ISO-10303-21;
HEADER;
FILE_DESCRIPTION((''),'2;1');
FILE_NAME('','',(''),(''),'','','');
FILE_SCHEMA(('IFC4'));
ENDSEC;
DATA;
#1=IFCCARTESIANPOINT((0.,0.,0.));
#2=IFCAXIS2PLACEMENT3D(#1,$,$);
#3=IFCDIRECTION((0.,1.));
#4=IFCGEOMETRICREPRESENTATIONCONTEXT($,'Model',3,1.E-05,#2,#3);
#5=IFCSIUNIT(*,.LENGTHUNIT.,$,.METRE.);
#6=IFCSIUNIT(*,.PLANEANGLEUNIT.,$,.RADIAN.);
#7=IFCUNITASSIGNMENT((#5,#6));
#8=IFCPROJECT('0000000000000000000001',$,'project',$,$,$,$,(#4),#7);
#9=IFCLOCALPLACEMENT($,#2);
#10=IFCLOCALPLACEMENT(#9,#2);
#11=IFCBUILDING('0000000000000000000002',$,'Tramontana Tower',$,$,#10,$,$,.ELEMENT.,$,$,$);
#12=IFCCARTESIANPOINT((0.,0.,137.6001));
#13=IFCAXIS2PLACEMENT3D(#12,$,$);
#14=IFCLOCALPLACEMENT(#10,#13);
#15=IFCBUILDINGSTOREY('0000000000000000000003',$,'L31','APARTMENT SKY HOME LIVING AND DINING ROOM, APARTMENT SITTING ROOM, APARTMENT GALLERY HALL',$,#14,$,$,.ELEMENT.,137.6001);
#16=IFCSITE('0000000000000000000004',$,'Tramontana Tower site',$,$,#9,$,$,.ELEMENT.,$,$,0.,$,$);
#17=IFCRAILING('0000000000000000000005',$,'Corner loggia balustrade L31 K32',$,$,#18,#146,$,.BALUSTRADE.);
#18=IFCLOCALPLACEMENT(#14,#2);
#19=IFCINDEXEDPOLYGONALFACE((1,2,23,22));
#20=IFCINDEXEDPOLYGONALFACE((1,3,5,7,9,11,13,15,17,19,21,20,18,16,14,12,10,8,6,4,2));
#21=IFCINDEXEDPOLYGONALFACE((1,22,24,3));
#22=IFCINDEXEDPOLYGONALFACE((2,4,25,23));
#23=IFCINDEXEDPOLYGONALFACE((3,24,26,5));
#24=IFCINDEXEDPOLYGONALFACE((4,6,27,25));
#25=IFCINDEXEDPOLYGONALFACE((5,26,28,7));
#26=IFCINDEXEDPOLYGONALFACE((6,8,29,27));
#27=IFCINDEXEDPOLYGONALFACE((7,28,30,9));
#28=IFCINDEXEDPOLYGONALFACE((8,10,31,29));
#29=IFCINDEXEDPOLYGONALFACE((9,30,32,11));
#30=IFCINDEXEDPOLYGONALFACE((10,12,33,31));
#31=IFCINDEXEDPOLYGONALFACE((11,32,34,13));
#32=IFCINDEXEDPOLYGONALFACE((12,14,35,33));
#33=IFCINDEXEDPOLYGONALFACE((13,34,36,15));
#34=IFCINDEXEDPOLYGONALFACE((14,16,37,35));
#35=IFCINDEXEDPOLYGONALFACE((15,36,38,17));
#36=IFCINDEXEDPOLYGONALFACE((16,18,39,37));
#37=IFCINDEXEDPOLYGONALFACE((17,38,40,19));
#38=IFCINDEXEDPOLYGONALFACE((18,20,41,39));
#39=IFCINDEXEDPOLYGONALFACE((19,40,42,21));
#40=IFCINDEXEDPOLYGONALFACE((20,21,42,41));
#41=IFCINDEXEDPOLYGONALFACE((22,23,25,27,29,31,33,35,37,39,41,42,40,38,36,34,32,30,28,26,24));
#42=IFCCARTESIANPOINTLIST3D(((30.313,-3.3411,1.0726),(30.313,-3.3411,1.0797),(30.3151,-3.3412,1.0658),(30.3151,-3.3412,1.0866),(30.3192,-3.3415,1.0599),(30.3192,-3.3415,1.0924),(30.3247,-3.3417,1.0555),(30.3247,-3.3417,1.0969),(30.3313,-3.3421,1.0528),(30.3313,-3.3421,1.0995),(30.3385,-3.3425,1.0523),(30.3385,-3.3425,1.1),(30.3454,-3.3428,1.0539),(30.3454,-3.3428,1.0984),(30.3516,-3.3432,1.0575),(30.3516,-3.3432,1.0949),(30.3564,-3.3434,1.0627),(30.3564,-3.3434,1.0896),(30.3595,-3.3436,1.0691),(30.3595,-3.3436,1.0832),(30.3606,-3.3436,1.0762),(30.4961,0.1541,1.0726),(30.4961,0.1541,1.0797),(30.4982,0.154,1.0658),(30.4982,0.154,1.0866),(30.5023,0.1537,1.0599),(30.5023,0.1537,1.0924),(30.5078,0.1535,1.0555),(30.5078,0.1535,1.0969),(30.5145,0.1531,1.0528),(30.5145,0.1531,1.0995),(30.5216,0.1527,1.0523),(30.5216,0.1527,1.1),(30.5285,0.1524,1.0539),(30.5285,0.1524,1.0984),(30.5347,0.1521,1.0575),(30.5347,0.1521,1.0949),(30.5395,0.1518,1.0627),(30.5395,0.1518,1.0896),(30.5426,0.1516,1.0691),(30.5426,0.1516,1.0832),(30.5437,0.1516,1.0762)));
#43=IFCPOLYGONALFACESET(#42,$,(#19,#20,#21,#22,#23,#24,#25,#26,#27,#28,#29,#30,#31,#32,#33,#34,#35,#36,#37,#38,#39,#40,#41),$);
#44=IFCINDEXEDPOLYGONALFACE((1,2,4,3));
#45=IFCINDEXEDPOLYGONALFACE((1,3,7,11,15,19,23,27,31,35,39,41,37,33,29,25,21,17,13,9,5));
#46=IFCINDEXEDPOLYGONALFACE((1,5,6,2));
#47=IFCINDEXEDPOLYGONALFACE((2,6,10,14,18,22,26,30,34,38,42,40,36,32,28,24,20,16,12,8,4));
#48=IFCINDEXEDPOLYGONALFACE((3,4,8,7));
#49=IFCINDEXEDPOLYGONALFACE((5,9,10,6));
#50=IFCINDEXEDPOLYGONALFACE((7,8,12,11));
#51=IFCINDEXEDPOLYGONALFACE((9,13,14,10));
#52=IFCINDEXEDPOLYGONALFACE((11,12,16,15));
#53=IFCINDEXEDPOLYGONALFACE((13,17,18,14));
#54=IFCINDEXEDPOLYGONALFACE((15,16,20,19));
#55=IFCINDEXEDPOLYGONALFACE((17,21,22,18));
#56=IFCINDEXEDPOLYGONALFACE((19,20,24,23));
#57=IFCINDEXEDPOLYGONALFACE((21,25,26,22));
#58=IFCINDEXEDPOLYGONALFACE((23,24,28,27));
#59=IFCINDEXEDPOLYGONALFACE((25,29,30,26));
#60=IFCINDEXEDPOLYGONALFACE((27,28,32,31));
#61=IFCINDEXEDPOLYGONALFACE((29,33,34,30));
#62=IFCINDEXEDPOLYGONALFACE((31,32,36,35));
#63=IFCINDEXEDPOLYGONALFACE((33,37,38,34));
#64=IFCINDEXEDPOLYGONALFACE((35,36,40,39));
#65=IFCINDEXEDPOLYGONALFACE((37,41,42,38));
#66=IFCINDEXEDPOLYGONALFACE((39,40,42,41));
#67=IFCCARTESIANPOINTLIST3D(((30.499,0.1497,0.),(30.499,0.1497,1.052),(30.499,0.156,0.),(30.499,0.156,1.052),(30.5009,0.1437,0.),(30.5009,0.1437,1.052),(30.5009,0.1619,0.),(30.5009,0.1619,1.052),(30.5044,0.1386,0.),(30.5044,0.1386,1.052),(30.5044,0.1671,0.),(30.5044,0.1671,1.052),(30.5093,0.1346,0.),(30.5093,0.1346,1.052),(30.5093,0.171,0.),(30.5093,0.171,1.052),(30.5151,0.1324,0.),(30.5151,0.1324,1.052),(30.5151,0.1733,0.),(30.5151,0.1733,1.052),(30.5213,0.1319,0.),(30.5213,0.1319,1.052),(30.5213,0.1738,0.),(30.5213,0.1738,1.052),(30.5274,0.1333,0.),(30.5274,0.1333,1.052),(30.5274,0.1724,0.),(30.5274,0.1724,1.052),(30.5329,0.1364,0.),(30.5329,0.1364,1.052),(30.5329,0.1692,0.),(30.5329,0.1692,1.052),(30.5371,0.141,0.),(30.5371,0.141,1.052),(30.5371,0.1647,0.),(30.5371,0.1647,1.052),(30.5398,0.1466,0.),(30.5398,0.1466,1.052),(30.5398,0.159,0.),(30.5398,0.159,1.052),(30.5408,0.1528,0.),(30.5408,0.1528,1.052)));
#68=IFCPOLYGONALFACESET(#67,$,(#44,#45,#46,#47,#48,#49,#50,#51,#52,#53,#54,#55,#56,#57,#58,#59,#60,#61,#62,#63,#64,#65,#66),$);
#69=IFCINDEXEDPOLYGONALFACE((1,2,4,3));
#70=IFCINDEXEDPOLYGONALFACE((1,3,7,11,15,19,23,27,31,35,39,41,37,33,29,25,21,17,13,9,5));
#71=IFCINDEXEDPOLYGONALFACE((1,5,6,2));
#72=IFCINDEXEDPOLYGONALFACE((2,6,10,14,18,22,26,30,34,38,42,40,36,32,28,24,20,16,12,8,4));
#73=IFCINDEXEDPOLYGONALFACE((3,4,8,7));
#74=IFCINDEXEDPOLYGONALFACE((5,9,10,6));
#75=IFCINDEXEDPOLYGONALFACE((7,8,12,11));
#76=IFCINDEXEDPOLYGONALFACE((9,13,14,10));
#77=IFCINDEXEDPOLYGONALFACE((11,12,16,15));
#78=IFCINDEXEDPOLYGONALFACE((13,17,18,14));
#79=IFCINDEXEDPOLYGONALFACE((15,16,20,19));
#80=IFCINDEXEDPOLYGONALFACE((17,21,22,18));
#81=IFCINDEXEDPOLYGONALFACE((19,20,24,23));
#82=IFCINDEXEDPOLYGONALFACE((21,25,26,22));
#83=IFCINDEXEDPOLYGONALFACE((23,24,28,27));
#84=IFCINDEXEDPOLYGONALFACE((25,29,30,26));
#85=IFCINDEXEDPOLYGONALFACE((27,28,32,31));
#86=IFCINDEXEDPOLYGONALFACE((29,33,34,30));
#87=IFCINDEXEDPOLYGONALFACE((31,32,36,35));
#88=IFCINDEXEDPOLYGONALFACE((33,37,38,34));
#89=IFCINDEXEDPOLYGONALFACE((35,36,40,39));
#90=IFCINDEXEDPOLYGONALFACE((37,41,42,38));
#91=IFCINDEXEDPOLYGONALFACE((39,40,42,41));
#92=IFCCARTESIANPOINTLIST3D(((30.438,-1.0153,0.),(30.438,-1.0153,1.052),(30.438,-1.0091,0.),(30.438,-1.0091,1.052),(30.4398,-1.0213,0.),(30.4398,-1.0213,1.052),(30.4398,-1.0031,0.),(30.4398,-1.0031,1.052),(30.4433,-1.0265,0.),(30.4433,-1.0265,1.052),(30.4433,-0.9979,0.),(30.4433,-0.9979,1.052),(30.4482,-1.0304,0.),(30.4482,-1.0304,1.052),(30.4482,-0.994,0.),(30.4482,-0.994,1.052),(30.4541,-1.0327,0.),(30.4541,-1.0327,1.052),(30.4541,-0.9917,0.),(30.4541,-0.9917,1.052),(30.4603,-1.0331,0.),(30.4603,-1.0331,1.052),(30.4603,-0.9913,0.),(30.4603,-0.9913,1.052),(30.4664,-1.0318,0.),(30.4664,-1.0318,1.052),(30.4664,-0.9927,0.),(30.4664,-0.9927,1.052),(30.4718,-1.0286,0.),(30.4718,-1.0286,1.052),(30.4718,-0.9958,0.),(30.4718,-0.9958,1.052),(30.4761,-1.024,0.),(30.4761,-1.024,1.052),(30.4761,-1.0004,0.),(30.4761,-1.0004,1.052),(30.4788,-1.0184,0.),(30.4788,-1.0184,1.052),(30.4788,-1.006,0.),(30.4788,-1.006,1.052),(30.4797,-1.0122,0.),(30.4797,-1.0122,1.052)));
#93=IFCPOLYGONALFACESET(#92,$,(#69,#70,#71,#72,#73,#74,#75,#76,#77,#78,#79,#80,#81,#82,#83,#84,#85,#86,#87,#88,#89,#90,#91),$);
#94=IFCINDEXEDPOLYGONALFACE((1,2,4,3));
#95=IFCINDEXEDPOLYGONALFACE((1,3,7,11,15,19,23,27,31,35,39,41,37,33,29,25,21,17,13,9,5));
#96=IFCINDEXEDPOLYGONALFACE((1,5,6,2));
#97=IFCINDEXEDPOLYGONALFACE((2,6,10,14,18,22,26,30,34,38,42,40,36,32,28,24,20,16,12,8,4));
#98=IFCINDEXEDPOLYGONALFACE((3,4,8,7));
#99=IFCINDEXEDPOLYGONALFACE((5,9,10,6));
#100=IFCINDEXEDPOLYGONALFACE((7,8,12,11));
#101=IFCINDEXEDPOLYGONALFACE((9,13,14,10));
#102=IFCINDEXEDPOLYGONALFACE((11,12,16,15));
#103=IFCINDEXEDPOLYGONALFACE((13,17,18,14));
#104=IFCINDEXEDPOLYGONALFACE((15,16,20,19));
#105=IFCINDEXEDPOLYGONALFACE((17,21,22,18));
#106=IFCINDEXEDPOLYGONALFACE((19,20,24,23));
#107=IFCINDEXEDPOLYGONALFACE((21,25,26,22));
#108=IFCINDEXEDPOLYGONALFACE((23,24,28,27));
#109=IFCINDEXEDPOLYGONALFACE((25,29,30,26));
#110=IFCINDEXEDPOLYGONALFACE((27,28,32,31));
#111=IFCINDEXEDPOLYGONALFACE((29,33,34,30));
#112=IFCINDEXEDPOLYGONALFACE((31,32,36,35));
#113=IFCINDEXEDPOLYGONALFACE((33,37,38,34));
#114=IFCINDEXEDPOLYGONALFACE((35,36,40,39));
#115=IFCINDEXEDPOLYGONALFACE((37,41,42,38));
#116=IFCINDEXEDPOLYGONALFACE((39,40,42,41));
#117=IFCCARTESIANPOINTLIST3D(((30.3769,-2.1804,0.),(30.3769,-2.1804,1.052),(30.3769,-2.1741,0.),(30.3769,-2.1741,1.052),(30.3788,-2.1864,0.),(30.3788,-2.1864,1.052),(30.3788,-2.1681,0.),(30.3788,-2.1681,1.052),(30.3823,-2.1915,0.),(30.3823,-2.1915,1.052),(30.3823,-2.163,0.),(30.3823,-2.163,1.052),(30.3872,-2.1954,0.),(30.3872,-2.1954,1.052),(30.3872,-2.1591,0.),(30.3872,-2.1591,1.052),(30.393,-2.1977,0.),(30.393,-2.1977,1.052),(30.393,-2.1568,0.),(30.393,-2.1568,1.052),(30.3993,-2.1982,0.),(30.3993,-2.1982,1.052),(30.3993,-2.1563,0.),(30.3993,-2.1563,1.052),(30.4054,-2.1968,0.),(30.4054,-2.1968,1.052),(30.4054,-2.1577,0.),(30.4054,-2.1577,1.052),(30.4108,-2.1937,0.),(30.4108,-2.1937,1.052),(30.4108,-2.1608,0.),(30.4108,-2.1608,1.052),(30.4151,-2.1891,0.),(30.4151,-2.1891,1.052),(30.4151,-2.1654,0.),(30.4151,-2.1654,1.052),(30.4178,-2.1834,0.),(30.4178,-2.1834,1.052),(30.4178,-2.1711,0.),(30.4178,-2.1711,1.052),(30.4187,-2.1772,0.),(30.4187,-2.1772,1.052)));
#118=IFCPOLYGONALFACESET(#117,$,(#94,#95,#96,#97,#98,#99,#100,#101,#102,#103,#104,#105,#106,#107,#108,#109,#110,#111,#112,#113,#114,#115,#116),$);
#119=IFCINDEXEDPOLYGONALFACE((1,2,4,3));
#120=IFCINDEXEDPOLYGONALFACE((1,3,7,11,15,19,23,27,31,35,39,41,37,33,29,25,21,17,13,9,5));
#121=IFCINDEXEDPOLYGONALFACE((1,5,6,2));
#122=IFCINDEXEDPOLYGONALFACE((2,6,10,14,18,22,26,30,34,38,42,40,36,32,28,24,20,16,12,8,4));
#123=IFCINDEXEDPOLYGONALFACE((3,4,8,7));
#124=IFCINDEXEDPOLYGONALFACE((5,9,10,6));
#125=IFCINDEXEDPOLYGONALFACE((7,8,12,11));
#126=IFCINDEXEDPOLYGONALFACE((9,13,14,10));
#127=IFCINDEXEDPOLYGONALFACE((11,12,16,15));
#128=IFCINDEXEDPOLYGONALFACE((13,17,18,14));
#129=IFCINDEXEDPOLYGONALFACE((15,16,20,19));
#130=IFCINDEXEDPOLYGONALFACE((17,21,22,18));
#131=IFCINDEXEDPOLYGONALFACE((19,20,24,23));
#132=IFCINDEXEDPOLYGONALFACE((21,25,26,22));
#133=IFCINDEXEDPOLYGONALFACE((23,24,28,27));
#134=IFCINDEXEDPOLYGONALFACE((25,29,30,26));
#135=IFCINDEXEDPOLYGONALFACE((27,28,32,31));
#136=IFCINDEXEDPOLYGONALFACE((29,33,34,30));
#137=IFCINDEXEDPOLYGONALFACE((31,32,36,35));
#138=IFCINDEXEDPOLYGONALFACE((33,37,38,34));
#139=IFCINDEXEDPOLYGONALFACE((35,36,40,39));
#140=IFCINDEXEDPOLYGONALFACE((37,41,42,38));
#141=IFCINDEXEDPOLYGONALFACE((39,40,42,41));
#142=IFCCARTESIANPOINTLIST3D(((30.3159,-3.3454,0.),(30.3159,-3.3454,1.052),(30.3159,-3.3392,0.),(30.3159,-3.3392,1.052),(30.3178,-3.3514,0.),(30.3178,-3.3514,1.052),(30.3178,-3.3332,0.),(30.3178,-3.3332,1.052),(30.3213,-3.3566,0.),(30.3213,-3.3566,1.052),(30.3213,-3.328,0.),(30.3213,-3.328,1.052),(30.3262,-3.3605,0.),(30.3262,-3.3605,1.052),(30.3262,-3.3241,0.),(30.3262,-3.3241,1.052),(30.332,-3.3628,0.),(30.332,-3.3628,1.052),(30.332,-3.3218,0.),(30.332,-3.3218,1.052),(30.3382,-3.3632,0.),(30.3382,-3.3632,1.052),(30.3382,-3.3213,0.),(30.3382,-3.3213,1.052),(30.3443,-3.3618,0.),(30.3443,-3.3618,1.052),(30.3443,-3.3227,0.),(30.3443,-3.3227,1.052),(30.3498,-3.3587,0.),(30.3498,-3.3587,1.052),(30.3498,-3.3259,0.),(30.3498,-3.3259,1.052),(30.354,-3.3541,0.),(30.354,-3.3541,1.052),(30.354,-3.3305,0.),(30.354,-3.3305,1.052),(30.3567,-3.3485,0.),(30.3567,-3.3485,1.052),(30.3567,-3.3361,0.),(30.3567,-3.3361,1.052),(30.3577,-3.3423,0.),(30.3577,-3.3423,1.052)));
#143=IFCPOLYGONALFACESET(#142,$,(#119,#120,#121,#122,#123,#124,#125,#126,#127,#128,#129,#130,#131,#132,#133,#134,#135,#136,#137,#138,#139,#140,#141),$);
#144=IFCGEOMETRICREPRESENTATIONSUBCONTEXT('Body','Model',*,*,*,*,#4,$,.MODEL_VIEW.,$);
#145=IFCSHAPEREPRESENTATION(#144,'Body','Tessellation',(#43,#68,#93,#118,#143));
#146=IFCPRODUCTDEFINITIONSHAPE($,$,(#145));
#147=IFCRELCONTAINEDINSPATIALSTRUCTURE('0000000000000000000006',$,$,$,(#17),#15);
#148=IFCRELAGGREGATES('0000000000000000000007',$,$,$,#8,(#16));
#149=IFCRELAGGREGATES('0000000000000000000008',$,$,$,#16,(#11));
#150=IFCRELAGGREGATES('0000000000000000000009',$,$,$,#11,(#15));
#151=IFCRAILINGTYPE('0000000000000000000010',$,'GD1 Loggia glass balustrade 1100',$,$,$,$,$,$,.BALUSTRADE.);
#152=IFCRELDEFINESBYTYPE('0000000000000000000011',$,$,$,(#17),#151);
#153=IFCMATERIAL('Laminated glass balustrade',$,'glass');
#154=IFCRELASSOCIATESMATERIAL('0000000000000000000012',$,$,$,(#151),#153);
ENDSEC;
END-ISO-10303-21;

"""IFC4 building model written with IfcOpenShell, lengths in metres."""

from ifc_helpers import new_model, si_unit, direction, frame, origin, origin_2d, place, context, subcontext, project, spatial, circle, extrude, material, type_object, element, save


model = new_model("IFC4")

# Units and contexts
model_context = context("Model", 3, precision=1e-05, world=origin(), true_north=direction((0.0, 1.0)))
body_context = subcontext(model_context, "Body", "Model", "MODEL_VIEW")
ifc_project = project(units=[si_unit("LENGTHUNIT", "METRE"), si_unit("PLANEANGLEUNIT", "RADIAN")], contexts=[model_context])

# Site, building, storey
site_placement = place(None, origin())
site = spatial("IfcSite", under=ifc_project, at=site_placement, Name="Tramontana Tower site", CompositionType="ELEMENT", RefElevation=0.0)
building_placement = place(site_placement, origin())
building = spatial("IfcBuilding", under=site, at=building_placement, Name="Tramontana Tower", CompositionType="ELEMENT")
storey_placement = place(building_placement, frame((0.0, 0.0, 137.6001)))
storey = spatial("IfcBuildingStorey", under=building, at=storey_placement, Name="L31", Description="APARTMENT SKY HOME LIVING AND DINING ROOM, APARTMENT SITTING ROOM, APARTMENT GALLERY HALL", CompositionType="ELEMENT", Elevation=137.6001)

# Railing
ifc_material_1 = material(Name="Laminated glass balustrade", Category="glass")
railing_type = type_object("IfcRailingType", Name="GD1 Loggia glass balustrade 1100", PredefinedType="BALUSTRADE", material=ifc_material_1)
railing_placement = place(storey_placement, frame((30.5198, 0.1528, 0.0)))
element("IfcRailing", 1, at=railing_placement, inside=storey, type_object=railing_type, Name="Corner loggia balustrade L31 K32", PredefinedType="BALUSTRADE", context=body_context, shape_type="SweptSolid", body=[
    extrude(circle(Radius=0.0239, at=origin_2d()), frame((0.0, 0.0, 1.0762), z_axis=(-0.052317, -0.998631, 0.0), x_axis=(0.998631, -0.052317, 0.0)), (0.0, 0.0, 1.0), 3.5),
    extrude(circle(Radius=0.021, at=origin_2d()), origin(), (0.0, 0.0, 1.0), 1.052),
    extrude(circle(Radius=0.021, at=origin_2d()), frame((-0.061, -1.165, 0.0)), (0.0, 0.0, 1.0), 1.052),
    extrude(circle(Radius=0.021, at=origin_2d()), frame((-0.1221, -2.3301, 0.0)), (0.0, 0.0, 1.0), 1.052),
    extrude(circle(Radius=0.021, at=origin_2d()), frame((-0.1831, -3.4951, 0.0)), (0.0, 0.0, 1.0), 1.052),
])

save(model, "model.ifc")
